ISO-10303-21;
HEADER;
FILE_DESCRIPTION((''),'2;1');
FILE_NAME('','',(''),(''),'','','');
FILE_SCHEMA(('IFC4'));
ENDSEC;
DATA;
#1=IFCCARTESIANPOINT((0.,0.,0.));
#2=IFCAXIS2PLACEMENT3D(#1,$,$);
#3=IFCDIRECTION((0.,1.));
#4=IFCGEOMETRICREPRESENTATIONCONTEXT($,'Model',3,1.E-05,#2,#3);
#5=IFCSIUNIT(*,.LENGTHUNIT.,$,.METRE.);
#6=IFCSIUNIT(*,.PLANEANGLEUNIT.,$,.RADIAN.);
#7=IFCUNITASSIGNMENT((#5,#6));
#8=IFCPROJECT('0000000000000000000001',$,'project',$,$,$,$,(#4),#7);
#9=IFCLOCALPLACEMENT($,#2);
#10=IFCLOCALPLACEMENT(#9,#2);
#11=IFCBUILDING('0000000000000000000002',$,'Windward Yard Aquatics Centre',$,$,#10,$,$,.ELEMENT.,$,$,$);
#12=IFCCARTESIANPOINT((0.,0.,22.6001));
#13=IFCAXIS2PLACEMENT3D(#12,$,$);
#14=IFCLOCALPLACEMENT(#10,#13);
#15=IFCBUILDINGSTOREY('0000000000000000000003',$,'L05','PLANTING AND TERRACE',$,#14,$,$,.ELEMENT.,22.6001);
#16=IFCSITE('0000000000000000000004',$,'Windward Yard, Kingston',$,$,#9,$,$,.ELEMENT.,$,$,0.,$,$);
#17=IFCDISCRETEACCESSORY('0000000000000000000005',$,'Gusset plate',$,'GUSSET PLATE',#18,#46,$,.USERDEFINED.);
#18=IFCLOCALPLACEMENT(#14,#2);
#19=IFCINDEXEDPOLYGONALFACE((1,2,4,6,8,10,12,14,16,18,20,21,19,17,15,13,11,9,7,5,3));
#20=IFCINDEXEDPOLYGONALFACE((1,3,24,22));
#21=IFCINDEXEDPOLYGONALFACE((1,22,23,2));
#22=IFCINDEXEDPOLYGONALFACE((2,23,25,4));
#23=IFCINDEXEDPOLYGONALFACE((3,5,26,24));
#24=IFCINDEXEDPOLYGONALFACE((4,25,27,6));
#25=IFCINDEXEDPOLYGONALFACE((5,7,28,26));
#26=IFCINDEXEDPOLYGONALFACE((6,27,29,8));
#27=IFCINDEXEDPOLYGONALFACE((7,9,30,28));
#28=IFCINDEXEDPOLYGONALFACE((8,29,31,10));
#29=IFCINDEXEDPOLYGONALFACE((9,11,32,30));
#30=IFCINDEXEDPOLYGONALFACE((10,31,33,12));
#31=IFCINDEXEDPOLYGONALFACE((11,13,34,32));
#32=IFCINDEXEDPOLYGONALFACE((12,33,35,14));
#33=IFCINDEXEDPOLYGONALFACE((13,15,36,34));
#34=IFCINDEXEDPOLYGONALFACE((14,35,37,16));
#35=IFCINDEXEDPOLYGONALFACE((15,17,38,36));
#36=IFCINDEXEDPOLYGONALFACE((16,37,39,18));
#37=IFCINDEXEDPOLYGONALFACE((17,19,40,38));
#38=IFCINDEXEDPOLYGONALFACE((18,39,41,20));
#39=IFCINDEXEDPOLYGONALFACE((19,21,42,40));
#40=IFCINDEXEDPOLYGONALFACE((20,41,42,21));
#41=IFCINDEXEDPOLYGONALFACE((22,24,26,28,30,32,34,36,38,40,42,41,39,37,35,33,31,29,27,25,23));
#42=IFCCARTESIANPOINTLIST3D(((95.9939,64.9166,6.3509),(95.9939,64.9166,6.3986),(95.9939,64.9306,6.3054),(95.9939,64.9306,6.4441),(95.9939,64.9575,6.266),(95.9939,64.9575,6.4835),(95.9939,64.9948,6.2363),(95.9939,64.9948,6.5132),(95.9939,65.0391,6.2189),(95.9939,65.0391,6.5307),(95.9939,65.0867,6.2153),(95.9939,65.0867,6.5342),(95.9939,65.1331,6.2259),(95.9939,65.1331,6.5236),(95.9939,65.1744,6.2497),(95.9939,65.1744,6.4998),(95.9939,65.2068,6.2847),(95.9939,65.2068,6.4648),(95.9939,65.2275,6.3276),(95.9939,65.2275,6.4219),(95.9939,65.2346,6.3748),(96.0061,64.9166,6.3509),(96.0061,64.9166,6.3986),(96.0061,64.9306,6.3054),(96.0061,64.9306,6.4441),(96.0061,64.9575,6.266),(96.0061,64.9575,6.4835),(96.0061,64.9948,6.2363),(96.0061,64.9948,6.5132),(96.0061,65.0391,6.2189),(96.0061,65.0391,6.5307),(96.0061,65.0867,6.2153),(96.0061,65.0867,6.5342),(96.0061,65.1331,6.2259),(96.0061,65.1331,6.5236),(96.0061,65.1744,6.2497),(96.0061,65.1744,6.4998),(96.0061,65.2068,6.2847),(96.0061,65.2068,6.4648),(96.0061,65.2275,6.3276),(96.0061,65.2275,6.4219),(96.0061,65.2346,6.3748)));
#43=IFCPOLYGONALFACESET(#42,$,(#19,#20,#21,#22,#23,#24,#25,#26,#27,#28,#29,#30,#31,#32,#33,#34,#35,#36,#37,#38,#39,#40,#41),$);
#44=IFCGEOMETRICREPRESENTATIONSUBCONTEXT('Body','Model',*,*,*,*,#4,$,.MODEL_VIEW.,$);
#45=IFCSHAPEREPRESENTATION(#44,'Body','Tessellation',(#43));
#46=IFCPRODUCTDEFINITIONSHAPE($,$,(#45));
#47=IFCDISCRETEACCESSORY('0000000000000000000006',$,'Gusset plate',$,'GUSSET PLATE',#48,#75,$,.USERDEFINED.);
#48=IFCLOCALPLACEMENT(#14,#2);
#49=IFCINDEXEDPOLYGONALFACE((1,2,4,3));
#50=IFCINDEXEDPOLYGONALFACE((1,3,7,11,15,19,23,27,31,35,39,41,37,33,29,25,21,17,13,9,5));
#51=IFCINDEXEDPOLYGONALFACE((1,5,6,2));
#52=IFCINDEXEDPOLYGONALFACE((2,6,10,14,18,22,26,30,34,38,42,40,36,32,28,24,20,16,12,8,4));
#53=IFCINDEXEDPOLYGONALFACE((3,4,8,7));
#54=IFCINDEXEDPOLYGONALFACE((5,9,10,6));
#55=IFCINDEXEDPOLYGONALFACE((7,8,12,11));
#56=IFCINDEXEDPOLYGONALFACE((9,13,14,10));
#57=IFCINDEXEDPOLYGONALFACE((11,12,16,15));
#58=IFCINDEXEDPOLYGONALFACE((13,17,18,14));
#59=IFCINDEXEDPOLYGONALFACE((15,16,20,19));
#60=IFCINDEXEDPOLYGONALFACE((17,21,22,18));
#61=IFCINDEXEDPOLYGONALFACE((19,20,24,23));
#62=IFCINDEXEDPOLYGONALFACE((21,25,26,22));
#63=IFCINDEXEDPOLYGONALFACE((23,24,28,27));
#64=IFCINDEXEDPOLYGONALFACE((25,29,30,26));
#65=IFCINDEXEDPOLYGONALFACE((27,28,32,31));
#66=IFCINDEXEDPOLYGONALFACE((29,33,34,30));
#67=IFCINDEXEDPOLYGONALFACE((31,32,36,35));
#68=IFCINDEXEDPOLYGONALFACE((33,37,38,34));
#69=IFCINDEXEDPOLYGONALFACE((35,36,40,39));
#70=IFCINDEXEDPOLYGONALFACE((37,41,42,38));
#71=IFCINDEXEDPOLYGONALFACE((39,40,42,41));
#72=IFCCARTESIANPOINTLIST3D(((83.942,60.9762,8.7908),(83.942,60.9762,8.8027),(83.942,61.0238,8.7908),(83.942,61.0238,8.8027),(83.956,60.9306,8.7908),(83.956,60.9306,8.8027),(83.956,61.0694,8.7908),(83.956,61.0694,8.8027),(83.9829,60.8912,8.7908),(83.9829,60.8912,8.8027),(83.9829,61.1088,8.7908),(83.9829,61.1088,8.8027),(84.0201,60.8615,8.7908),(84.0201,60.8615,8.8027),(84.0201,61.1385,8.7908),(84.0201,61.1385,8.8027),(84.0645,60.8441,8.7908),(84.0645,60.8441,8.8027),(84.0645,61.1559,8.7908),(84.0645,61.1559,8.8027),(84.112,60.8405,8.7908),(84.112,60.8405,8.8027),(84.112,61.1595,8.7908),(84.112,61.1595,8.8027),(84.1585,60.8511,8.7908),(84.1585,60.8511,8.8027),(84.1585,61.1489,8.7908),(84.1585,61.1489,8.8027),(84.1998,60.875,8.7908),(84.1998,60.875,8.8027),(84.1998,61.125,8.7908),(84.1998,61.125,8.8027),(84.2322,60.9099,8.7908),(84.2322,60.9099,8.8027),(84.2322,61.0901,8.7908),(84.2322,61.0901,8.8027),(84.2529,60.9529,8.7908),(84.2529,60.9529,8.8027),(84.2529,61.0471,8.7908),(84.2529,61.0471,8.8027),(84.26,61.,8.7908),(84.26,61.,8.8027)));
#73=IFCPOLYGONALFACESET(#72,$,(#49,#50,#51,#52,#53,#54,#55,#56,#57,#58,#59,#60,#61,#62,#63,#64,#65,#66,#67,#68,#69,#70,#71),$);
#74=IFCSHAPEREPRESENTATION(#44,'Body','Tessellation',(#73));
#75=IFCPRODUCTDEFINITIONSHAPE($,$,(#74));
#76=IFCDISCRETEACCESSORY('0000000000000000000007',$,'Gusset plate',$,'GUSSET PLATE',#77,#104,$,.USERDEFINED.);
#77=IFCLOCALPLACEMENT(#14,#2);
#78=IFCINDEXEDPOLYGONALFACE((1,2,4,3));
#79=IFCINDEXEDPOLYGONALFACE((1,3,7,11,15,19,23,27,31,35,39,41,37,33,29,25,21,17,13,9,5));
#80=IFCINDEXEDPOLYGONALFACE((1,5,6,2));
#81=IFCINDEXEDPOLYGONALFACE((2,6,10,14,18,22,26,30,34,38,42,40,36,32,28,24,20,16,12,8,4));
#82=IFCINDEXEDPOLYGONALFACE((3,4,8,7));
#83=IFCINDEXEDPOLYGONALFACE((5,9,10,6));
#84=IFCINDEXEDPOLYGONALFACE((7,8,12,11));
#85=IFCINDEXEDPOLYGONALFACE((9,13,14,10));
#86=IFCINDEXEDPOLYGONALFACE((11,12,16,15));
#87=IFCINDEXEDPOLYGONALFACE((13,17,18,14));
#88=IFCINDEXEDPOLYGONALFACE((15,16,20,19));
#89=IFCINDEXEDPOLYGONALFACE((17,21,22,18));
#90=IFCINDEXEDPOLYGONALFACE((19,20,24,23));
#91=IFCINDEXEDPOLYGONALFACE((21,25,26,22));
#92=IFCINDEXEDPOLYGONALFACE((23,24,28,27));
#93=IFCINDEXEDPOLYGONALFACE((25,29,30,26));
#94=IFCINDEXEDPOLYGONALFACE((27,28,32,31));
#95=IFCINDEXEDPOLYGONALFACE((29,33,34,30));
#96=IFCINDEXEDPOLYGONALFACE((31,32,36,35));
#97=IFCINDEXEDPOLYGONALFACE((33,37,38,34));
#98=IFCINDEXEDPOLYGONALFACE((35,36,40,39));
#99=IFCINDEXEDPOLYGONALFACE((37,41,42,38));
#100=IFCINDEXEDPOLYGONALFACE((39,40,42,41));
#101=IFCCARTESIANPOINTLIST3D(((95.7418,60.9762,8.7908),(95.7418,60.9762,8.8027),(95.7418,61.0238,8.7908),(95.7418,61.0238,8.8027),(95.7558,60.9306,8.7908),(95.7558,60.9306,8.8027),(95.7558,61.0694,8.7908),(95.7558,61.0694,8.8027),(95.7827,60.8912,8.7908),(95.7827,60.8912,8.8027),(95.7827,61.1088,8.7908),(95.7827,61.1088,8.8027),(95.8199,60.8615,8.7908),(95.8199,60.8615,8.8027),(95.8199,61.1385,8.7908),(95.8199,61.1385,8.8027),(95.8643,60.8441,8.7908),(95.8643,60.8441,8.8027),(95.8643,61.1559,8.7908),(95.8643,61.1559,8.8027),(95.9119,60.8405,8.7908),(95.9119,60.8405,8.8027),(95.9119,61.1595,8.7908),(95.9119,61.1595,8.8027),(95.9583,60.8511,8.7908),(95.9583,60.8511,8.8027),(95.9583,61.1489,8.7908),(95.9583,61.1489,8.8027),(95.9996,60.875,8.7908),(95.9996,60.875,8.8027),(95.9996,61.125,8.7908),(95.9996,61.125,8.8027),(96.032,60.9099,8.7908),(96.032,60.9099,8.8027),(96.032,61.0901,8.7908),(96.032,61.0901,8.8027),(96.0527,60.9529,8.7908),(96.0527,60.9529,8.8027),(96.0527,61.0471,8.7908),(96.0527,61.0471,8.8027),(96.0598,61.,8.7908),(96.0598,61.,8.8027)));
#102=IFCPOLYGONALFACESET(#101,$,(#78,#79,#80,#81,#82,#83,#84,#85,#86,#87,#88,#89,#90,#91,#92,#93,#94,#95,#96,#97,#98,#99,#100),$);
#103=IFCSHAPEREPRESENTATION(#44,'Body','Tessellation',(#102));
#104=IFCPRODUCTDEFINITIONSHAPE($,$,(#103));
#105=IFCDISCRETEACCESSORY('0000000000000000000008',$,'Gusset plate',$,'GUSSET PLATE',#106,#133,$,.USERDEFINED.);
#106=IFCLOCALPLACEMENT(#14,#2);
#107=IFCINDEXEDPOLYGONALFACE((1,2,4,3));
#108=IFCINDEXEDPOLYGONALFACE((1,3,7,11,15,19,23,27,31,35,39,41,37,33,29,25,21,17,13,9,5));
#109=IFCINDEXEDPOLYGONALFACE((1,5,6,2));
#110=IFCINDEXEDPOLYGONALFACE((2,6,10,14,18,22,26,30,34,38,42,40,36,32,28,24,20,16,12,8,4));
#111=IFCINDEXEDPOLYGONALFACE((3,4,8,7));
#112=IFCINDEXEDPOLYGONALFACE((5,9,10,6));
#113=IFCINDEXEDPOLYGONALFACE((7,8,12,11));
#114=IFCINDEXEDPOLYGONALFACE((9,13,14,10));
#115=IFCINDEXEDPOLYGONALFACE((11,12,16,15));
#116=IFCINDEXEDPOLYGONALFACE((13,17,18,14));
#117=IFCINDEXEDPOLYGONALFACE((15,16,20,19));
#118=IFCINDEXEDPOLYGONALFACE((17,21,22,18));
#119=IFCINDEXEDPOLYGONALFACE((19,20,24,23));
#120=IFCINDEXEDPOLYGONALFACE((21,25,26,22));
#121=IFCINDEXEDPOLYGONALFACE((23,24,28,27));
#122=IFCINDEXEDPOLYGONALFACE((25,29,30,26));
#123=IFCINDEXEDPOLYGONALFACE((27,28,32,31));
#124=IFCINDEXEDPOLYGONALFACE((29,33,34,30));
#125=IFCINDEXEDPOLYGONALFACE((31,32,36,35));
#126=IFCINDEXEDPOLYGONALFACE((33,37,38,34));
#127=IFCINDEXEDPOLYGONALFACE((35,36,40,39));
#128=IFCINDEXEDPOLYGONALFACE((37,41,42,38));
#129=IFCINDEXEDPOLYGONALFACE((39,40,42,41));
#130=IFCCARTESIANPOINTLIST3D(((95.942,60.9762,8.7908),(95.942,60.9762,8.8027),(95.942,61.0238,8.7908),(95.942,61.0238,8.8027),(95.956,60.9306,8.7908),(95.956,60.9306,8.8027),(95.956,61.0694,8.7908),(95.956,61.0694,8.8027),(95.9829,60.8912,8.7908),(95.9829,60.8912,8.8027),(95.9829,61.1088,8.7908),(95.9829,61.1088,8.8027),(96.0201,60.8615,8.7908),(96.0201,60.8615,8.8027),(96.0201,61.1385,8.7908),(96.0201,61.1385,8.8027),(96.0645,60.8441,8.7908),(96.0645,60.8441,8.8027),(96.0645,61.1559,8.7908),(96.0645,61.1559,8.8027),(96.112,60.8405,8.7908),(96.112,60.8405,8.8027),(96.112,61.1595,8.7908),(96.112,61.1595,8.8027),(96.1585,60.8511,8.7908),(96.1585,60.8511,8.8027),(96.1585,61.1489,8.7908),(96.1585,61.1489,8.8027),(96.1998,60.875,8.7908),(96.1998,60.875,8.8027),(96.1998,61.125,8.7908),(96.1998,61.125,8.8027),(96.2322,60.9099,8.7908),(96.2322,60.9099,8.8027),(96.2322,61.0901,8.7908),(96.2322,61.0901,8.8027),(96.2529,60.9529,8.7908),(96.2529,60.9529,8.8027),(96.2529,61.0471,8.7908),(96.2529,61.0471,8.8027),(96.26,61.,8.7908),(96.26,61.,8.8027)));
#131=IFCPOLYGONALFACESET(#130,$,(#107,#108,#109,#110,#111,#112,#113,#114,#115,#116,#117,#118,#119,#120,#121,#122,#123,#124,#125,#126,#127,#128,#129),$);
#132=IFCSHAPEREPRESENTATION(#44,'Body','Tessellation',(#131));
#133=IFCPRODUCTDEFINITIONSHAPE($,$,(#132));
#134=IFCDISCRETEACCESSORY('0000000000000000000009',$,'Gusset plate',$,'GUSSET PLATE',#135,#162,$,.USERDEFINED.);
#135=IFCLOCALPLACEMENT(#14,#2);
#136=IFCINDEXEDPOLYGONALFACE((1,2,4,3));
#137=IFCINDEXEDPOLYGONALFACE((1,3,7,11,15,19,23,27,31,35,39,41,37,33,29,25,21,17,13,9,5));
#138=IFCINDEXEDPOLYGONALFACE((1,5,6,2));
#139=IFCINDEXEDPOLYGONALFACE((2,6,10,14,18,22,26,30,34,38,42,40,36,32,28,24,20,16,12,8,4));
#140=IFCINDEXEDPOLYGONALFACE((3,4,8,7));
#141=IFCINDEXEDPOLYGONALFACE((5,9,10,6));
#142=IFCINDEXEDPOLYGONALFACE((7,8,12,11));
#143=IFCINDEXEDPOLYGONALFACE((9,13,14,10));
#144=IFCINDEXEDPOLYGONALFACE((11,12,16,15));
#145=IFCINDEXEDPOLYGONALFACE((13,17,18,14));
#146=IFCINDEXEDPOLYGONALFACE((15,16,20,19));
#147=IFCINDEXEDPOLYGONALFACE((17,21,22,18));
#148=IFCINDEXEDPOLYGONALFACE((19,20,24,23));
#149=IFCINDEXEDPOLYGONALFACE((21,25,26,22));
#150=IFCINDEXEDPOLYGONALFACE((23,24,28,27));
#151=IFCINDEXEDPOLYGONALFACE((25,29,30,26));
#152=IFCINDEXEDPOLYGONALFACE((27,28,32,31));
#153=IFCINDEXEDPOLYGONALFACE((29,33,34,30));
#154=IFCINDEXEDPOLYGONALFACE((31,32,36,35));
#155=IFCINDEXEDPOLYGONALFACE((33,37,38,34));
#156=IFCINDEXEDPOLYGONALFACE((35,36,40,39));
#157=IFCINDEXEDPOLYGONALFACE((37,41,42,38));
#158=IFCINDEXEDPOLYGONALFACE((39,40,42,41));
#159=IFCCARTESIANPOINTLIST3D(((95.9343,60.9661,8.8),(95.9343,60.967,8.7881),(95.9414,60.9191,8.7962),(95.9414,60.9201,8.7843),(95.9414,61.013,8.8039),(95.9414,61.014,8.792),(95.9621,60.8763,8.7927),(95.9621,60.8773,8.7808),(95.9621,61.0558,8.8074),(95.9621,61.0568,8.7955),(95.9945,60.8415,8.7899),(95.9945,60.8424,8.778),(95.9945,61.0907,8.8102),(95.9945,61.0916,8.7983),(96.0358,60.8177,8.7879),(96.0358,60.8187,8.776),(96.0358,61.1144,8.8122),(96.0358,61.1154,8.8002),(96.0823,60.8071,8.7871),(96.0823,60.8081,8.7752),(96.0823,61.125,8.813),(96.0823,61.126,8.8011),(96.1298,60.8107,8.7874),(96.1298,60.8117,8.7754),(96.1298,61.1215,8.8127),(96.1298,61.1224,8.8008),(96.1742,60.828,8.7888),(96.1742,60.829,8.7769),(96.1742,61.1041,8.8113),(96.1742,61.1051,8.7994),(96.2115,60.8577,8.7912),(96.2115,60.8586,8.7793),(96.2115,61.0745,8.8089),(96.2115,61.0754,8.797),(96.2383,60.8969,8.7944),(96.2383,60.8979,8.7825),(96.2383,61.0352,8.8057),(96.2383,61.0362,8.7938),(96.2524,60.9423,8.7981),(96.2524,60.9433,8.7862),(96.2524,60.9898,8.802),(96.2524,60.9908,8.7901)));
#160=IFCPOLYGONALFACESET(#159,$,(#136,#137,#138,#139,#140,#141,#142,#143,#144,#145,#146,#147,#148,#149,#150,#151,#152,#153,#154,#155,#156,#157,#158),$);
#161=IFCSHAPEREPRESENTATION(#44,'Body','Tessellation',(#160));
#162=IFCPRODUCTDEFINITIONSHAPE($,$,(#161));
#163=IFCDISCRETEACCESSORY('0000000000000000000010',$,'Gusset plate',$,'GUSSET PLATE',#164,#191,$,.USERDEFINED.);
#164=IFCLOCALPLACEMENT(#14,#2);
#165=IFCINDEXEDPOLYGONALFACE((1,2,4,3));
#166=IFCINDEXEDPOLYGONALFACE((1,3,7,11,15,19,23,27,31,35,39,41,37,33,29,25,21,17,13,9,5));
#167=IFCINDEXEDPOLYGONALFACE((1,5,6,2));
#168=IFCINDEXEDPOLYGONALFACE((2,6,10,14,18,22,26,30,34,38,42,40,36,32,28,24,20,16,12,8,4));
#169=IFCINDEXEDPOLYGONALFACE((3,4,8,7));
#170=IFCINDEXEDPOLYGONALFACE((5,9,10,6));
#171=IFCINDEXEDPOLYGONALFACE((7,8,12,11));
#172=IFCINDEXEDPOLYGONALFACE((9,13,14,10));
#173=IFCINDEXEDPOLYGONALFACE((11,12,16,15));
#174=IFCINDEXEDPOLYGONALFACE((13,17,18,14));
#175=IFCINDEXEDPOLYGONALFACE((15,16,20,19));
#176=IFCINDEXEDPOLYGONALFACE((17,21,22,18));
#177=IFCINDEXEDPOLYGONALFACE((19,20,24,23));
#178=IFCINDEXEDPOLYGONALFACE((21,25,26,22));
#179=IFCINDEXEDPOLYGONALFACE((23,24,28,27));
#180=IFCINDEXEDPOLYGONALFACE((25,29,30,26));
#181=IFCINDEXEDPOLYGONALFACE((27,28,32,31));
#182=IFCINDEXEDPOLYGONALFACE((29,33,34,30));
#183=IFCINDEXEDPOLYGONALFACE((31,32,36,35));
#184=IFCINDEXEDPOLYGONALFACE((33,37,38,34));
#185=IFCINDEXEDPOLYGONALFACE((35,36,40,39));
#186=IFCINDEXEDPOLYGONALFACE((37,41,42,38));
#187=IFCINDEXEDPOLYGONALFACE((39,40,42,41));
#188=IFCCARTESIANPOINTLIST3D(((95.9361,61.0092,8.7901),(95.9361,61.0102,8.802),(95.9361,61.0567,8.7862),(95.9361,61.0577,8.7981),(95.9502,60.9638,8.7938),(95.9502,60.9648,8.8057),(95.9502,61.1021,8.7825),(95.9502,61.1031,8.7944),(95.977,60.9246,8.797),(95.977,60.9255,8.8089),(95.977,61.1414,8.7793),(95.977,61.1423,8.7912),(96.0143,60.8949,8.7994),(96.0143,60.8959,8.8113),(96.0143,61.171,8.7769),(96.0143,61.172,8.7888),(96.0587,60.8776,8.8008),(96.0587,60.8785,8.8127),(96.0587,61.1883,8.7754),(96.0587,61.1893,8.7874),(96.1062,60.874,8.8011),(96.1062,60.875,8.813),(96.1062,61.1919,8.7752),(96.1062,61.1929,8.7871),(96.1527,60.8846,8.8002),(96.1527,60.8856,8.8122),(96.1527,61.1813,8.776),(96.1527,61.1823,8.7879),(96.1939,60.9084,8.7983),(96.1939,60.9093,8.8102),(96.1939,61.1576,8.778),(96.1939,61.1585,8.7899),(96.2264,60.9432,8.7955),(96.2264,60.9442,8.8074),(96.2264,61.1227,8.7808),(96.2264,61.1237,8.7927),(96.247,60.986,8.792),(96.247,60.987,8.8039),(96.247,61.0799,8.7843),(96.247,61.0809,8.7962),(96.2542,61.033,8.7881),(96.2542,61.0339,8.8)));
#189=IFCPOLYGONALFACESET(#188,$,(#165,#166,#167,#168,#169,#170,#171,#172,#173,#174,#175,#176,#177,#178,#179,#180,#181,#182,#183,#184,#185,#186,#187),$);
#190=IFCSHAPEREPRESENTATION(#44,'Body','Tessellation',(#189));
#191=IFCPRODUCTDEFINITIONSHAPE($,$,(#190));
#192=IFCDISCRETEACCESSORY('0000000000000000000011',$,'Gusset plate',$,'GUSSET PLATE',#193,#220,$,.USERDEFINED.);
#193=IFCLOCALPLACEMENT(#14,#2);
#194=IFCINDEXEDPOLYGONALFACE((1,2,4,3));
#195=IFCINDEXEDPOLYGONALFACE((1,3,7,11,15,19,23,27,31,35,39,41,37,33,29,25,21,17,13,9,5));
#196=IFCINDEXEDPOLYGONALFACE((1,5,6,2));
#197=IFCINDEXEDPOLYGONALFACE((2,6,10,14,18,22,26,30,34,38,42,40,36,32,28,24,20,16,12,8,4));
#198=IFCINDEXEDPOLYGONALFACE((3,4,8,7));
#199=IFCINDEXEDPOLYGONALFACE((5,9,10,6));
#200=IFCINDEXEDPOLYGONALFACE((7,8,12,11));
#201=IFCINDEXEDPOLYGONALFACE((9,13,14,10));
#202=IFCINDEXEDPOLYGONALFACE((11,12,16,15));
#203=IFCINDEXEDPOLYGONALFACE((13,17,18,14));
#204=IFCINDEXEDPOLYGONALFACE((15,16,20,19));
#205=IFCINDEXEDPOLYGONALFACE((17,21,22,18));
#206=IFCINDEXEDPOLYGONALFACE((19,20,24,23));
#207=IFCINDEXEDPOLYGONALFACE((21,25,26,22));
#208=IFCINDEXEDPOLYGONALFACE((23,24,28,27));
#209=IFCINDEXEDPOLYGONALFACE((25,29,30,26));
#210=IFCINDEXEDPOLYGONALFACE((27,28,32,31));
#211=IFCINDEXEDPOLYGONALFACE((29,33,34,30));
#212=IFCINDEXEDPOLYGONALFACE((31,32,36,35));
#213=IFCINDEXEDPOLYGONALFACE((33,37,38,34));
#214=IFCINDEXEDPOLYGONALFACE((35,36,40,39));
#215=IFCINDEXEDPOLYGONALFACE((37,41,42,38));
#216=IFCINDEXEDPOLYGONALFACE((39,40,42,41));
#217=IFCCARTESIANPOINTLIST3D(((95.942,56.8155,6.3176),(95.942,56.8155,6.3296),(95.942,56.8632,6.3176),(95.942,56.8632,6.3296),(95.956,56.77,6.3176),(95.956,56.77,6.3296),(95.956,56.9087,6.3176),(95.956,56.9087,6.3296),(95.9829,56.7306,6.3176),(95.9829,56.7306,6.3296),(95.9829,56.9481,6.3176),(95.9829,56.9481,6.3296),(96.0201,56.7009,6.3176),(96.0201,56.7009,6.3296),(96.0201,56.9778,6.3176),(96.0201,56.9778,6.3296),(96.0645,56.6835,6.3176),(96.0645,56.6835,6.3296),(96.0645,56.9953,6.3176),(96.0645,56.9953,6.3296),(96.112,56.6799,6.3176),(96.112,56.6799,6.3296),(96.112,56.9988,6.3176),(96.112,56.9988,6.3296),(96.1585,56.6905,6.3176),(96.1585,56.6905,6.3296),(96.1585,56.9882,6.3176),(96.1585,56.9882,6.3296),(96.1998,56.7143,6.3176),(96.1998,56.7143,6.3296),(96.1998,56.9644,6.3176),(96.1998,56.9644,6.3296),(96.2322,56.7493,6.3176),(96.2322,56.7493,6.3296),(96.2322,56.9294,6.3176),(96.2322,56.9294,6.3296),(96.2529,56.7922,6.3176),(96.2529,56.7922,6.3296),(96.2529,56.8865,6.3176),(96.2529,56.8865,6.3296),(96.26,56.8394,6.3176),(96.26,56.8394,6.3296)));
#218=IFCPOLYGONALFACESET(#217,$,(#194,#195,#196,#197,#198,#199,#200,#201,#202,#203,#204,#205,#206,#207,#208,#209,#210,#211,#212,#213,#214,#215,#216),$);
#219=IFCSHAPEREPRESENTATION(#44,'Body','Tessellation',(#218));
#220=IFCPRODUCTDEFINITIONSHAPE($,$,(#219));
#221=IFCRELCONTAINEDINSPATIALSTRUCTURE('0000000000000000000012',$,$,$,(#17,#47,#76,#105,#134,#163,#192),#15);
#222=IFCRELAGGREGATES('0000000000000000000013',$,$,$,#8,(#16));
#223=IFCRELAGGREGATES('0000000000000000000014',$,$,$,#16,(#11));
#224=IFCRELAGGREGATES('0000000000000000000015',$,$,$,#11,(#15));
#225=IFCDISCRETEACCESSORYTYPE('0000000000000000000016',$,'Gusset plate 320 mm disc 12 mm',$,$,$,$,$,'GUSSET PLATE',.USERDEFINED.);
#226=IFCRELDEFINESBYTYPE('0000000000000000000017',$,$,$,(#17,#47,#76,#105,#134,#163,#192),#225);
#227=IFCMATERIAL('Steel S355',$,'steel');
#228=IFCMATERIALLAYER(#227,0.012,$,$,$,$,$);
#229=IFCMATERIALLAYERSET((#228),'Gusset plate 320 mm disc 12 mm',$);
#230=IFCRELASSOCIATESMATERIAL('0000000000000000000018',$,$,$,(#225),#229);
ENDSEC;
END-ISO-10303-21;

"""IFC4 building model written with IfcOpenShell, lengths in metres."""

from ifc_helpers import new_model, si_unit, direction, frame, origin, origin_2d, place, context, subcontext, project, spatial, circle, extrude, material, layer, layer_set, type_object, element, save


model = new_model("IFC4")

# Units and contexts
model_context = context("Model", 3, precision=1e-05, world=origin(), true_north=direction((0.0, 1.0)))
body_context = subcontext(model_context, "Body", "Model", "MODEL_VIEW")
ifc_project = project(units=[si_unit("LENGTHUNIT", "METRE"), si_unit("PLANEANGLEUNIT", "RADIAN")], contexts=[model_context])

# Site, building, storey
site_placement = place(None, origin())
site = spatial("IfcSite", under=ifc_project, at=site_placement, Name="Windward Yard, Kingston", CompositionType="ELEMENT", RefElevation=0.0)
building_placement = place(site_placement, origin())
building = spatial("IfcBuilding", under=site, at=building_placement, Name="Windward Yard Aquatics Centre", CompositionType="ELEMENT")
storey_placement = place(building_placement, frame((0.0, 0.0, 22.6001)))
storey = spatial("IfcBuildingStorey", under=building, at=storey_placement, Name="L05", Description="PLANTING AND TERRACE", CompositionType="ELEMENT", Elevation=22.6001)

# Discrete accessories
ifc_material_1 = material(Name="Steel S355", Category="steel")
ifc_layer = layer(ifc_material_1, 0.012)
ifc_layer_set = layer_set([ifc_layer], Name="Gusset plate 320 mm disc 12 mm")
discrete_accessory_type = type_object("IfcDiscreteAccessoryType", Name="Gusset plate 320 mm disc 12 mm", ElementType="GUSSET PLATE", PredefinedType="USERDEFINED", material=ifc_layer_set)
for number, where, z_axis, x_axis, name in (
    (1, (95.9939, 65.0747, 6.3748), (1.0, 0.0, 0.0), (0.0, 1.0, 0.0), "Gusset plate"),
):
    element("IfcDiscreteAccessory", number, at=place(storey_placement, frame(where, z_axis=z_axis, x_axis=x_axis)), inside=storey, type_object=discrete_accessory_type, Name=name, ObjectType="GUSSET PLATE", PredefinedType="USERDEFINED", context=body_context, shape_type="SweptSolid", body=[
        extrude(circle(Radius=0.1599, at=origin_2d()), origin(), (0.0, 0.0, 1.0), 0.0122),
    ])
for number, where, z_axis, x_axis, name in (
    (2, (84.1001, 61.0, 8.7908), (0.0, 0.0, 1.0), (1.0, 0.0, 0.0), "Gusset plate"),
    (3, (95.8999, 61.0, 8.7908), (0.0, 0.0, 1.0), (1.0, 0.0, 0.0), "Gusset plate"),
    (4, (96.1001, 61.0, 8.7908), (0.0, 0.0, 1.0), (1.0, 0.0, 0.0), "Gusset plate"),
    (5, (96.0942, 60.9661, 8.8), (0.0, 0.081362, -0.996685), (-1.0, 0.0, 0.0), "Gusset plate"),
    (6, (96.0942, 61.0339, 8.8), (0.0, -0.081362, -0.996685), (1.0, 0.0, 0.0), "Gusset plate"),
    (7, (96.1001, 56.8394, 6.3176), (0.0, 0.0, 1.0), (1.0, 0.0, 0.0), "Gusset plate"),
):
    element("IfcDiscreteAccessory", number, at=place(storey_placement, frame(where, z_axis=z_axis, x_axis=x_axis)), inside=storey, type_object=discrete_accessory_type, Name=name, ObjectType="GUSSET PLATE", PredefinedType="USERDEFINED", context=body_context, shape_type="SweptSolid", body=[
        extrude(circle(Radius=0.1599, at=origin_2d()), origin(), (0.0, 0.0, 1.0), 0.012),
    ])

save(model, "model.ifc")
